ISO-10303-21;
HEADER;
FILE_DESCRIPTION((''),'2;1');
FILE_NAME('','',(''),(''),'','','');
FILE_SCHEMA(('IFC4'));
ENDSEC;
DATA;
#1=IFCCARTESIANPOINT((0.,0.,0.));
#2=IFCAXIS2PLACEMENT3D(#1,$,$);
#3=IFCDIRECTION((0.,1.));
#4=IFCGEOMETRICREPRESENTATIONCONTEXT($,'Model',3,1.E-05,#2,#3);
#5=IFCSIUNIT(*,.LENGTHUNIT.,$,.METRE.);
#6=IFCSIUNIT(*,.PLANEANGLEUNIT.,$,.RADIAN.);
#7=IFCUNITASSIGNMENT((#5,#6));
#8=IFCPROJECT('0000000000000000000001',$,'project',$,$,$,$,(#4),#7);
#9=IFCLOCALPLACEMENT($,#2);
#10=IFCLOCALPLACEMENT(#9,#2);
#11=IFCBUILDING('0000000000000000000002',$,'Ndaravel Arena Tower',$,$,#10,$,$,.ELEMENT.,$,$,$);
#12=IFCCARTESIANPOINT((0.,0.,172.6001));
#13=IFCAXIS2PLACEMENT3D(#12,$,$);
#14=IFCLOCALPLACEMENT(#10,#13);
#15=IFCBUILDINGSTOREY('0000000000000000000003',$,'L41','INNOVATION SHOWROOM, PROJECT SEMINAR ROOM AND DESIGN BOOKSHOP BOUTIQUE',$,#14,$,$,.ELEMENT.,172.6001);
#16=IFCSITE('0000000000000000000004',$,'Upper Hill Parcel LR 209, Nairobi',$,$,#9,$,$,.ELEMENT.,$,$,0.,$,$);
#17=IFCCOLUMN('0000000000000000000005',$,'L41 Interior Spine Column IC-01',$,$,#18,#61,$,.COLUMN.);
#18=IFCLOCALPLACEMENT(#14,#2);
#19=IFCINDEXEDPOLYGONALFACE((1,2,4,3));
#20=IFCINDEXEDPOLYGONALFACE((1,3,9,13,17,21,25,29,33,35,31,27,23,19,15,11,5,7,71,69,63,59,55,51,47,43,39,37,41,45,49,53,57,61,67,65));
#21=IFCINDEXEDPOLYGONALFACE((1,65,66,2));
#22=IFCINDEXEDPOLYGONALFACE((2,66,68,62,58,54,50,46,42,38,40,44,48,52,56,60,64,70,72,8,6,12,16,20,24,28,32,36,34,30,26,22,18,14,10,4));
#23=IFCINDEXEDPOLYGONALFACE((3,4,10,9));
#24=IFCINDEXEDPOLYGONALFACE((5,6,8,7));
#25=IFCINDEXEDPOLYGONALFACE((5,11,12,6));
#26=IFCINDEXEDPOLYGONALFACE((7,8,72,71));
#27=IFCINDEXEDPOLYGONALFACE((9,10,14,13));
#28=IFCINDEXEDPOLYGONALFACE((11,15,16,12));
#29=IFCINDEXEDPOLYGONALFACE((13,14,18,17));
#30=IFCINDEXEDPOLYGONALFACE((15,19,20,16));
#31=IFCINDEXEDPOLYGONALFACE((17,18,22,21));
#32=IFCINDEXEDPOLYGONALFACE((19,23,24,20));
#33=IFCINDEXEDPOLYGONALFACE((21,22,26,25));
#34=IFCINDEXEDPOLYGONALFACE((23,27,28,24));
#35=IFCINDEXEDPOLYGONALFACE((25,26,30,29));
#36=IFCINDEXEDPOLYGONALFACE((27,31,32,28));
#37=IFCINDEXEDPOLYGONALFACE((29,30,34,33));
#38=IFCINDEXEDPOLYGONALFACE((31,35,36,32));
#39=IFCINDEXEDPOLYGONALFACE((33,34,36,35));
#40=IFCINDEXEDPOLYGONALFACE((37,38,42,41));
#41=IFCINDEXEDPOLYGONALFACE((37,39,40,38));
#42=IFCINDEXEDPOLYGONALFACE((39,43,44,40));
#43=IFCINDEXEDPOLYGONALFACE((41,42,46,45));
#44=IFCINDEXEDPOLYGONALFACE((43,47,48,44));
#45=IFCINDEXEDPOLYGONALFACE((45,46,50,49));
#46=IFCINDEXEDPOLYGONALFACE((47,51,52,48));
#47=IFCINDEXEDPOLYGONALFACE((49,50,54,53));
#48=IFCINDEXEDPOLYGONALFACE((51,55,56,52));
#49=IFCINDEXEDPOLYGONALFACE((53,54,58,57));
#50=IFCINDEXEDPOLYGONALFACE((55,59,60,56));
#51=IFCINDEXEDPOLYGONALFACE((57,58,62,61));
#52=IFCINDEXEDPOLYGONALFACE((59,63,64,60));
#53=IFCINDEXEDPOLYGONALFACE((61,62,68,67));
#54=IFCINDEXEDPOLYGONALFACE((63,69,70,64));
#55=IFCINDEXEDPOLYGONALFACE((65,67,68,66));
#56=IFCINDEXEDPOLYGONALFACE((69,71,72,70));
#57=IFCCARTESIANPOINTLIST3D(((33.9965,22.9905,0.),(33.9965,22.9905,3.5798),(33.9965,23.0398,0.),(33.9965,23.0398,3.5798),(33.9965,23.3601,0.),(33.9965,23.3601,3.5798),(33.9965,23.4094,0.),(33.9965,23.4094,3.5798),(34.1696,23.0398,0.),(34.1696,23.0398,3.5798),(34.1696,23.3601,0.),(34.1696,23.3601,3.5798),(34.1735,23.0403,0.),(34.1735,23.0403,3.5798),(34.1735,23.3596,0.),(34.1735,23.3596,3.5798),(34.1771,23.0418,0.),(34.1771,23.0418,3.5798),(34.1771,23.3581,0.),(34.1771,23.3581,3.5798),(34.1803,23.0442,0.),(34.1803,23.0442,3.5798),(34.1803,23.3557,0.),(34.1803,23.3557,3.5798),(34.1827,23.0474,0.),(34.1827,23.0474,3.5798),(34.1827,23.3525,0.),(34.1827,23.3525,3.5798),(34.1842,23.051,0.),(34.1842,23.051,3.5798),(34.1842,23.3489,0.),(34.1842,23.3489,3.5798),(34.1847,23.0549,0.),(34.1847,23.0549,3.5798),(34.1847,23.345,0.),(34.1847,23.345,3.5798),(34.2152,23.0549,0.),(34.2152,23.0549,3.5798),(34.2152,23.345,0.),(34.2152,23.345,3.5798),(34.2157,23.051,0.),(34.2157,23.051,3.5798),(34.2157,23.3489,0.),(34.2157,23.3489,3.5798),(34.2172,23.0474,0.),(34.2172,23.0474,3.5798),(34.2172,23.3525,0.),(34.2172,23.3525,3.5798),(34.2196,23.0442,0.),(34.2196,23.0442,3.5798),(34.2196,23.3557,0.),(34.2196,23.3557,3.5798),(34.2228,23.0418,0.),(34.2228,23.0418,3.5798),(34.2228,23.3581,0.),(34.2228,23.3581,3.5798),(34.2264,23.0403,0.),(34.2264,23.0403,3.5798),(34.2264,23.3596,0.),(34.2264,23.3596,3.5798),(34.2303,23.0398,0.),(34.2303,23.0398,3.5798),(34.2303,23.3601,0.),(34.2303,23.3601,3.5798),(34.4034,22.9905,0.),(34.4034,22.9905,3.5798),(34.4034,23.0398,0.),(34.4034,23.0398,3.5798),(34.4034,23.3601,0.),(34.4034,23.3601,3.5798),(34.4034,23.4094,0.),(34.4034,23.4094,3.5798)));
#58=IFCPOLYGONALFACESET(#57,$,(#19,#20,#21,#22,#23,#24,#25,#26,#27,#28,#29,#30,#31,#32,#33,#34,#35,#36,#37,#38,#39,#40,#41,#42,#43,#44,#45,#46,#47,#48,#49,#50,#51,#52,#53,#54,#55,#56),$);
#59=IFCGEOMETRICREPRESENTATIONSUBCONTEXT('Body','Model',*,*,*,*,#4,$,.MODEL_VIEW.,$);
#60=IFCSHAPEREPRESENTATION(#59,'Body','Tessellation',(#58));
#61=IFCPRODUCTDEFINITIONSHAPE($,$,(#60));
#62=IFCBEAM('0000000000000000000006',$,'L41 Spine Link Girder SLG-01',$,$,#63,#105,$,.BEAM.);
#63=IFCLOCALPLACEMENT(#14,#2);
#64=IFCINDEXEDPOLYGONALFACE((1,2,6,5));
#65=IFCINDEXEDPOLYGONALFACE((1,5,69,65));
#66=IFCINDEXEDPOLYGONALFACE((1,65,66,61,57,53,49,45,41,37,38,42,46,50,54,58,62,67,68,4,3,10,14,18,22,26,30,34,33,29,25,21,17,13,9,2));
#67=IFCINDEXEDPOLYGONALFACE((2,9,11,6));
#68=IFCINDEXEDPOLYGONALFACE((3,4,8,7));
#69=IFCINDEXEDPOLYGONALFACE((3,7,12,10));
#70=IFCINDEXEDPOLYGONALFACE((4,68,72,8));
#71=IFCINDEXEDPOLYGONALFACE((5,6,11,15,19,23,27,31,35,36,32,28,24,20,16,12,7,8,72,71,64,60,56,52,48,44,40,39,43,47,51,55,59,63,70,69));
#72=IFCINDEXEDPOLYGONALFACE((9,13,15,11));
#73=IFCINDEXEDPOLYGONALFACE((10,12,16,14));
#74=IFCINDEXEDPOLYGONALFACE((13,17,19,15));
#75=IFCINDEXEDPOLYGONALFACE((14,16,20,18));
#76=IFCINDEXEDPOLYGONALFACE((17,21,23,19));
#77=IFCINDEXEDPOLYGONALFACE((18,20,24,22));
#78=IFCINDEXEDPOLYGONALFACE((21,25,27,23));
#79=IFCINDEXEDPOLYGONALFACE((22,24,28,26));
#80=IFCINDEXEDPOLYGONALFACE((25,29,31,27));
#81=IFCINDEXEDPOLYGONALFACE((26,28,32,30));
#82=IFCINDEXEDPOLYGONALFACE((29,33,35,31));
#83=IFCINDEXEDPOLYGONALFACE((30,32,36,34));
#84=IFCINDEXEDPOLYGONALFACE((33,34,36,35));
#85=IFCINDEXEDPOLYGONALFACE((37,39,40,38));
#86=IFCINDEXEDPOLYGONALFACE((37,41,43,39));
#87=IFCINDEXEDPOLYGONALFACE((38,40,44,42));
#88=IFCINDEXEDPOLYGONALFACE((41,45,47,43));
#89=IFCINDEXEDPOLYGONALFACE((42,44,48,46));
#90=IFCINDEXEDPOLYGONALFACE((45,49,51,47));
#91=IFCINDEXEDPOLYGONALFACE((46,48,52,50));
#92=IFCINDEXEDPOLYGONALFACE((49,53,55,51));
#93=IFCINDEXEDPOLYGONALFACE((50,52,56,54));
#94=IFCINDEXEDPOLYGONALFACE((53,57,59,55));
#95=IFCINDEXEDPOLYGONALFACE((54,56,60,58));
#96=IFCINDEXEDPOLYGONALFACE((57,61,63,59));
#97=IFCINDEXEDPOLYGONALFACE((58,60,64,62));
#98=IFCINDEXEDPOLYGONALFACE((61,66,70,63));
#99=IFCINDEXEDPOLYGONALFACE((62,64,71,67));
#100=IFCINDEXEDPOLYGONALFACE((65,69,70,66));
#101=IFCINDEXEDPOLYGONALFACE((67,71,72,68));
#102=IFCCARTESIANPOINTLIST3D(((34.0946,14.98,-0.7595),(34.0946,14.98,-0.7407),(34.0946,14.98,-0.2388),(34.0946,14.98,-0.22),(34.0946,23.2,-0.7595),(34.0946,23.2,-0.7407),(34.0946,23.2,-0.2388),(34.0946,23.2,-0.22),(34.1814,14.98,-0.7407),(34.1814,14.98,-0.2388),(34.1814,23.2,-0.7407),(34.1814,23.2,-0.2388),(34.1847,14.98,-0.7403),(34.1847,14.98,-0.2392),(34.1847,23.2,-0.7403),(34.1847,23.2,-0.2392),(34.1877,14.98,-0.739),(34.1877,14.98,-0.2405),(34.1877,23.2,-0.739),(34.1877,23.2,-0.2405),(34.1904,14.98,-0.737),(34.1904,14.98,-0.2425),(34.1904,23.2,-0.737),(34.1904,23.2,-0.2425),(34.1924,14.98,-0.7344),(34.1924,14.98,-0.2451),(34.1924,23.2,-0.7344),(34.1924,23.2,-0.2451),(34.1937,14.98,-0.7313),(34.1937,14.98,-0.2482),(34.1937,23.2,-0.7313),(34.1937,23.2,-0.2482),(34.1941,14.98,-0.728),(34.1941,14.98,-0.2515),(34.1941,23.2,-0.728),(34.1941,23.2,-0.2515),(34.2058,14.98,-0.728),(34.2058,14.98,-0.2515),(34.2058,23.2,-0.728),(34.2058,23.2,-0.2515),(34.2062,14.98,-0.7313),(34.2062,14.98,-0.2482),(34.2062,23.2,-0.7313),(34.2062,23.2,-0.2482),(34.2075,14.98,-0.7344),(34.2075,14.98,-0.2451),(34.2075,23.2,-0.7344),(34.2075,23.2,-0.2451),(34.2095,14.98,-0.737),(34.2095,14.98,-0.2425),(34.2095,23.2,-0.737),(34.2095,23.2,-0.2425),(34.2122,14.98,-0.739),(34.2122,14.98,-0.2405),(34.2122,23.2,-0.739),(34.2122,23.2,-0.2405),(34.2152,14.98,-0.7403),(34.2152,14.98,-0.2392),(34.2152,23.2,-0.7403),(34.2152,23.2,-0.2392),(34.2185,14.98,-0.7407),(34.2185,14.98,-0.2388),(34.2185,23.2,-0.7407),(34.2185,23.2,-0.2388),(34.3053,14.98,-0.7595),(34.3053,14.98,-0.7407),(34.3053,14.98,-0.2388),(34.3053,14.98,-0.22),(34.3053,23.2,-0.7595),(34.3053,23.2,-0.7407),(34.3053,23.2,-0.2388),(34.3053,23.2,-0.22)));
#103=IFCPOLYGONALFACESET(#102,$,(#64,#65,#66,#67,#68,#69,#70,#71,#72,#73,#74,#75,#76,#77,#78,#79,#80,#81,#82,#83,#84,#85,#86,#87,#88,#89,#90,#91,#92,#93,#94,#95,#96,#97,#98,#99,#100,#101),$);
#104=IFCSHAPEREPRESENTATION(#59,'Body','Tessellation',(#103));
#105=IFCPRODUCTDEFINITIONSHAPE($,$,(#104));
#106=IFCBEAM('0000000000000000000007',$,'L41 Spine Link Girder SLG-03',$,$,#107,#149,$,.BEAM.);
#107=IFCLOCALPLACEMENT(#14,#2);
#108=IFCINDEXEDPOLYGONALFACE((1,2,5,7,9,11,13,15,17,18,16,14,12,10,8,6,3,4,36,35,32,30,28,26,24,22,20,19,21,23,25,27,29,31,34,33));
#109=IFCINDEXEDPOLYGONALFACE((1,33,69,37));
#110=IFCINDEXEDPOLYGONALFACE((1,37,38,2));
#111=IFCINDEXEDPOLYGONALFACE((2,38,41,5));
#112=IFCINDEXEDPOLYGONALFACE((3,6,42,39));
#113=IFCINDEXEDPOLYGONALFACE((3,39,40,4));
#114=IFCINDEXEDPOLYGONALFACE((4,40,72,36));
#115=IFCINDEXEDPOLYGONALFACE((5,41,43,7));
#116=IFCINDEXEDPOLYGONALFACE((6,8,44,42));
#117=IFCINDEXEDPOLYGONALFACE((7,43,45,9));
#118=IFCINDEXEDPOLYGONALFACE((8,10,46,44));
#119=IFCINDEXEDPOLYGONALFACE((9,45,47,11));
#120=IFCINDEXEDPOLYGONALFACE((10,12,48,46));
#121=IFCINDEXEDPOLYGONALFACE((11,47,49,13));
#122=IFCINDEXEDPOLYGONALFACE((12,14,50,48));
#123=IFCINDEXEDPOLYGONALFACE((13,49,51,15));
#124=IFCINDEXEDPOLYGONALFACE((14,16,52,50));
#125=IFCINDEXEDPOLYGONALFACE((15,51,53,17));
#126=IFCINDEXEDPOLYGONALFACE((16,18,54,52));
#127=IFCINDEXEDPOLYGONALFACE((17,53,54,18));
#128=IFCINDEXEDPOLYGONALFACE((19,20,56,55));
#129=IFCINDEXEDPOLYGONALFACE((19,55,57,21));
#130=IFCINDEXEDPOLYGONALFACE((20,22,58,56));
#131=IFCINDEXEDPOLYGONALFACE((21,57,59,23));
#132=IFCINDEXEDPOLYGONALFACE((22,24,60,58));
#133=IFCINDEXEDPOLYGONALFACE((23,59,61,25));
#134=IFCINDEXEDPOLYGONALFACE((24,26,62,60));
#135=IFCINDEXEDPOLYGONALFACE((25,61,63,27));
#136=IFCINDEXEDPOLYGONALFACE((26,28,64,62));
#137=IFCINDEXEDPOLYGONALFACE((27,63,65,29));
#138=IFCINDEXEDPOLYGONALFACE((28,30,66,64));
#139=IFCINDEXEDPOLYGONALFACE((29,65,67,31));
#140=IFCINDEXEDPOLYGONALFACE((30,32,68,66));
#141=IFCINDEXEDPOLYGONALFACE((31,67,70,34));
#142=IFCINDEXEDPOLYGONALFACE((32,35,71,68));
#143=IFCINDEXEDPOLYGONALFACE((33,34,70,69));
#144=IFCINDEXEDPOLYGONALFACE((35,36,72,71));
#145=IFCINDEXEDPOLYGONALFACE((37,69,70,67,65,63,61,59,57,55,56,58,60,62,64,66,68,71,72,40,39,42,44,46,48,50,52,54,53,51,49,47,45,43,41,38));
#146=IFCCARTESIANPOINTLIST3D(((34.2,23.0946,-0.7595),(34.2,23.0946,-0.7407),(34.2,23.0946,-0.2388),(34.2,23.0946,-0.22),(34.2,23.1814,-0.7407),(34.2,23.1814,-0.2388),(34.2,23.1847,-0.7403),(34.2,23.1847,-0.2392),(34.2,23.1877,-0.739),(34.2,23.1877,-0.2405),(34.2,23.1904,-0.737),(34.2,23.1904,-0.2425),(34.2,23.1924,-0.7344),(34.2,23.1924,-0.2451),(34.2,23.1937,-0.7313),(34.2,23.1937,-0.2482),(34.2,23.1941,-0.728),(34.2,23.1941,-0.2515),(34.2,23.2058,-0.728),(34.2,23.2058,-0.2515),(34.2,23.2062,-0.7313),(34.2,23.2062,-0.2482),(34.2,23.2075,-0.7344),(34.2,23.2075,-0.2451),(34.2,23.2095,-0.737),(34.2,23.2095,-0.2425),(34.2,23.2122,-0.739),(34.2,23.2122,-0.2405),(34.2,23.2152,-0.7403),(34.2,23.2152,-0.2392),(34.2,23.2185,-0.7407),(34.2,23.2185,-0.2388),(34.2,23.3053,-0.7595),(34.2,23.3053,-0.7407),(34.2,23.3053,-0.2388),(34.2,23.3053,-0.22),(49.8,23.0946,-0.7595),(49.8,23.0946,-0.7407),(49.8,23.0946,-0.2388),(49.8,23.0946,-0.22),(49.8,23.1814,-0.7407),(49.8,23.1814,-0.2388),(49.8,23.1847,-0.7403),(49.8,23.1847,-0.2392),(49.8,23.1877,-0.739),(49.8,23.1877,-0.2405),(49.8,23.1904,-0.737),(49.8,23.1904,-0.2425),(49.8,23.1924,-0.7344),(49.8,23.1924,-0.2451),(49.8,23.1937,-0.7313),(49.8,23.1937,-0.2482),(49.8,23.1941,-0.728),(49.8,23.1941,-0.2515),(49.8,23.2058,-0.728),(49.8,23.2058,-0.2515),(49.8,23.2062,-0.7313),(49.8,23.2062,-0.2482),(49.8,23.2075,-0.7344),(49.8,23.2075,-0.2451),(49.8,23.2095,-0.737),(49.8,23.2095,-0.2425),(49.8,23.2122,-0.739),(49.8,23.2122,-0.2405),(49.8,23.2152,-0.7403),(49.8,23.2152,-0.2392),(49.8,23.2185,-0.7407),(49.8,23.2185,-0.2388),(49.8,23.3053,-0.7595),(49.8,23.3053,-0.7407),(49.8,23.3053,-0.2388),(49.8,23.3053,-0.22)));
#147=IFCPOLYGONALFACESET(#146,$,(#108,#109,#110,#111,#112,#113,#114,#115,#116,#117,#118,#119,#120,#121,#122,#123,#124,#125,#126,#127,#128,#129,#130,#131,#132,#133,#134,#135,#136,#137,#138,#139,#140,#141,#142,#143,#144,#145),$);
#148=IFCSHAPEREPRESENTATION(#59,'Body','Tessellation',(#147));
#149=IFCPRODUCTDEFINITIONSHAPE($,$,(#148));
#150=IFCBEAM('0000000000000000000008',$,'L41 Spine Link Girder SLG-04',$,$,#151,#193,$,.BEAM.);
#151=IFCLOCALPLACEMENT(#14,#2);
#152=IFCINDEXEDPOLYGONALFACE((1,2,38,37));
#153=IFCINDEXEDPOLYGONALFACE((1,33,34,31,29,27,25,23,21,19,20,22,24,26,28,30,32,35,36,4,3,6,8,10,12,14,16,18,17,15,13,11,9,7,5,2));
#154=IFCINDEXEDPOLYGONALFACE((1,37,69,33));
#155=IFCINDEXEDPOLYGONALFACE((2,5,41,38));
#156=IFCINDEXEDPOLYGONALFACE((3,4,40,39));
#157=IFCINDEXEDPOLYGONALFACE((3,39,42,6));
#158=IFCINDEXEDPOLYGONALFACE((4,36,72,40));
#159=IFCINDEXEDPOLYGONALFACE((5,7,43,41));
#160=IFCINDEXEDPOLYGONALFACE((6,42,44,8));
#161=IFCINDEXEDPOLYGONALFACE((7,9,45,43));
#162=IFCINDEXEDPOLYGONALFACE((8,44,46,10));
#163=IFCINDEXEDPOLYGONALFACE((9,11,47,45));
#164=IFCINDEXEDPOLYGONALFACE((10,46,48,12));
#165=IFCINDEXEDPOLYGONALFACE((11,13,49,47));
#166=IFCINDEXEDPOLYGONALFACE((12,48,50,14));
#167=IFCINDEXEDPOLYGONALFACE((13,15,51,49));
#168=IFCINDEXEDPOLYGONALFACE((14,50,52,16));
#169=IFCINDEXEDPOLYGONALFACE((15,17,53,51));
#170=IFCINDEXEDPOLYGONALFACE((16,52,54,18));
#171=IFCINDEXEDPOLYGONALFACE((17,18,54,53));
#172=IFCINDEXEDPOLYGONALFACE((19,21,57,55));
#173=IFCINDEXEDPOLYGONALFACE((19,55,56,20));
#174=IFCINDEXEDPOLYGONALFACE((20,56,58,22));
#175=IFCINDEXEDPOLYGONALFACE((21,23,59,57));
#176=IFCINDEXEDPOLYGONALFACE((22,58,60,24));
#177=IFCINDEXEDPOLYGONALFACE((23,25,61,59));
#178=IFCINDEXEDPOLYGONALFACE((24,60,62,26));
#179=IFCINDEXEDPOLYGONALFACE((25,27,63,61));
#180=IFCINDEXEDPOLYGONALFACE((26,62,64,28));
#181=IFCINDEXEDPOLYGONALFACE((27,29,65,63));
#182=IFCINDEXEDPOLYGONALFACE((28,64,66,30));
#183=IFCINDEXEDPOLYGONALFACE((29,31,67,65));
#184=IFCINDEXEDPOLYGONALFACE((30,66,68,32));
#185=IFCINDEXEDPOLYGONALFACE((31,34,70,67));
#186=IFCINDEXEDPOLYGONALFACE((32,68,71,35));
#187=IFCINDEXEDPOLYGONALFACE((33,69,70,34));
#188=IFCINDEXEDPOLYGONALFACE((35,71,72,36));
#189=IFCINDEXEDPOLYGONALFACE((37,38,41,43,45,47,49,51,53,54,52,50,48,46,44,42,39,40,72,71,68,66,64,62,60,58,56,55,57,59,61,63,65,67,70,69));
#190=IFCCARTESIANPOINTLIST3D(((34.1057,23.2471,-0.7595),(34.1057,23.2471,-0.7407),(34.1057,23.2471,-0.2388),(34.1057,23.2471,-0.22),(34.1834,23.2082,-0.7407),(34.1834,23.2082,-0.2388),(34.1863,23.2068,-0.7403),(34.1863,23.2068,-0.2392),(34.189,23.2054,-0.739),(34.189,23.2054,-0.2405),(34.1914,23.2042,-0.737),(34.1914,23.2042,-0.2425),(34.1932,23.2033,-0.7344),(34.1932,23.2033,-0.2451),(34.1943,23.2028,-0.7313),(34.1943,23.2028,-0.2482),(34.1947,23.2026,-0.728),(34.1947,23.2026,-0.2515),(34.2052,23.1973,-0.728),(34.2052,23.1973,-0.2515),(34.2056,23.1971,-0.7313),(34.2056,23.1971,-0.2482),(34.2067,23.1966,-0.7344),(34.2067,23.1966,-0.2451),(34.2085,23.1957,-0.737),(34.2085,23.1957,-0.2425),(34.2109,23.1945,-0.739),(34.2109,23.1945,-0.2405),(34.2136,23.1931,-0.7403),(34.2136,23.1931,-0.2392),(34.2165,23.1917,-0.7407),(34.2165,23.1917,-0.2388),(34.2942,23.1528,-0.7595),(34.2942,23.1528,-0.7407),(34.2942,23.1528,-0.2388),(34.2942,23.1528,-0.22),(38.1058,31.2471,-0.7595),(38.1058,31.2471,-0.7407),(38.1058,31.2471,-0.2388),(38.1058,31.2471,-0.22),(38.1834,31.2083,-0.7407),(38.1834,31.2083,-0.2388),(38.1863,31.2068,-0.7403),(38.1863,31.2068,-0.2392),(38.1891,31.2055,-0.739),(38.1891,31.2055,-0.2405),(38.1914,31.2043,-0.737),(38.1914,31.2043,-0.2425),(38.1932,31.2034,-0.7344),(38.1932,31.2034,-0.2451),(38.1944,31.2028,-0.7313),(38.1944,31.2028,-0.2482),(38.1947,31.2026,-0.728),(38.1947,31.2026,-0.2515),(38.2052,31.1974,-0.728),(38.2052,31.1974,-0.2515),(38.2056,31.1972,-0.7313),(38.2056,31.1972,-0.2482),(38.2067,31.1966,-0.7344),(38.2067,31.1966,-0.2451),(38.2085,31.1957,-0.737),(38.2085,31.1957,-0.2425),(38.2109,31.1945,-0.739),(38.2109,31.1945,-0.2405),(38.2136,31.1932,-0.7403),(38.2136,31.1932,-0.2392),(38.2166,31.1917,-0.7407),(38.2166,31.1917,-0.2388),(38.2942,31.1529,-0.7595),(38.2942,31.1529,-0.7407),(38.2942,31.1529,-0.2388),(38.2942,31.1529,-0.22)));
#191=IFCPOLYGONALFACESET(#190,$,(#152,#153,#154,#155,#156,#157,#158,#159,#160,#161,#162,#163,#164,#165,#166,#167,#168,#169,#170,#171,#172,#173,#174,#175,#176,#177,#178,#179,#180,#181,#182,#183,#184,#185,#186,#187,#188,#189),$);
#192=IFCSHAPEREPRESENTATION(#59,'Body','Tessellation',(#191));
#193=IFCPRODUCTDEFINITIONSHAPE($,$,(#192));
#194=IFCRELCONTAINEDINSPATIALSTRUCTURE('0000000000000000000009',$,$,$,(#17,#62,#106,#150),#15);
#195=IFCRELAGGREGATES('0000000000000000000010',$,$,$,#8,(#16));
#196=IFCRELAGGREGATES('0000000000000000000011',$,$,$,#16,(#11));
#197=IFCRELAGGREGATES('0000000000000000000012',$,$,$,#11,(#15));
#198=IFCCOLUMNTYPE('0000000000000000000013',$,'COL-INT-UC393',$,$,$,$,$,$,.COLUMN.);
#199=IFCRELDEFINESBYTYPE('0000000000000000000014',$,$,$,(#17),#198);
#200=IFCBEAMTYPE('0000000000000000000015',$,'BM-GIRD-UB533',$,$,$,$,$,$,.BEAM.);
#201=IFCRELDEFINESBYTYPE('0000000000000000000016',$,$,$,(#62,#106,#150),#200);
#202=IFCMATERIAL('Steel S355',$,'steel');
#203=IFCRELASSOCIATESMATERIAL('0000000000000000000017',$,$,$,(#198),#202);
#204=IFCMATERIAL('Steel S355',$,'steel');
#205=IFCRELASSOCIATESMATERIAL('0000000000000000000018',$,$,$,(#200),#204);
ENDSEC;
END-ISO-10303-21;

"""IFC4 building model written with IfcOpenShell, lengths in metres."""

from ifc_helpers import new_model, si_unit, direction, frame, origin, origin_2d, place, context, subcontext, project, spatial, i_section, extrude, material, material_profile, profile_set, type_object, element, save


model = new_model("IFC4")

# Units and contexts
model_context = context("Model", 3, precision=1e-05, world=origin(), true_north=direction((0.0, 1.0)))
body_context = subcontext(model_context, "Body", "Model", "MODEL_VIEW")
ifc_project = project(units=[si_unit("LENGTHUNIT", "METRE"), si_unit("PLANEANGLEUNIT", "RADIAN")], contexts=[model_context])

# Site, building, storey
site_placement = place(None, origin())
site = spatial("IfcSite", under=ifc_project, at=site_placement, Name="Upper Hill Parcel LR 209, Nairobi", CompositionType="ELEMENT", RefElevation=0.0)
building_placement = place(site_placement, origin())
building = spatial("IfcBuilding", under=site, at=building_placement, Name="Ndaravel Arena Tower", CompositionType="ELEMENT")
storey_placement = place(building_placement, frame((0.0, 0.0, 172.6001)))
storey = spatial("IfcBuildingStorey", under=building, at=storey_placement, Name="L41", Description="INNOVATION SHOWROOM, PROJECT SEMINAR ROOM AND DESIGN BOOKSHOP BOUTIQUE", CompositionType="ELEMENT", Elevation=172.6001)

# Column
ifc_material_1 = material(Name="Steel S355", Category="steel")
ifc_material_profile_1 = material_profile(ifc_material_1, i_section(OverallWidth=0.407, OverallDepth=0.4189, WebThickness=0.0305, FlangeThickness=0.0493, FilletRadius=0.0151, at=origin_2d()), Name="UC 356x406x393")
ifc_profile_set_1 = profile_set([ifc_material_profile_1], Name="Steel S355")
column_type = type_object("IfcColumnType", Name="COL-INT-UC393", PredefinedType="COLUMN", material=ifc_profile_set_1)
column_placement = place(storey_placement, frame((34.2, 23.2, 0.0), z_axis=(0.0, 0.0, 1.0), x_axis=(1.0, 0.0, 0.0)))
element("IfcColumn", 1, at=column_placement, inside=storey, type_object=column_type, Name="L41 Interior Spine Column IC-01", PredefinedType="COLUMN", context=body_context, shape_type="SweptSolid", body=[
    extrude(i_section(OverallWidth=0.407, OverallDepth=0.4189, WebThickness=0.0305, FlangeThickness=0.0493, FilletRadius=0.0151, at=origin_2d()), origin(), (0.0, 0.0, 1.0), 3.5798),
])

# Beams
ifc_material_2 = material(Name="Steel S355", Category="steel")
ifc_material_profile_2 = material_profile(ifc_material_2, i_section(OverallWidth=0.2107, OverallDepth=0.5396, WebThickness=0.0117, FlangeThickness=0.0188, FilletRadius=0.0127, at=origin_2d()), Name="UB 533x210x109")
ifc_profile_set_2 = profile_set([ifc_material_profile_2], Name="Steel S355")
beam_type = type_object("IfcBeamType", Name="BM-GIRD-UB533", PredefinedType="BEAM", material=ifc_profile_set_2)
beam_1_placement = place(storey_placement, frame((34.2, 14.98, -0.4897), z_axis=(0.0, 1.0, 0.0), x_axis=(-1.0, 0.0, 0.0)))
element("IfcBeam", 2, at=beam_1_placement, inside=storey, type_object=beam_type, Name="L41 Spine Link Girder SLG-01", PredefinedType="BEAM", context=body_context, shape_type="SweptSolid", body=[
    extrude(i_section(OverallWidth=0.2107, OverallDepth=0.5396, WebThickness=0.0117, FlangeThickness=0.0188, FilletRadius=0.0127, at=origin_2d()), origin(), (0.0, 0.0, 1.0), 8.22),
])
beam_2_placement = place(storey_placement, frame((34.2, 23.2, -0.4897), z_axis=(1.0, 0.0, 0.0), x_axis=(0.0, 1.0, 0.0)))
element("IfcBeam", 3, at=beam_2_placement, inside=storey, type_object=beam_type, Name="L41 Spine Link Girder SLG-03", PredefinedType="BEAM", context=body_context, shape_type="SweptSolid", body=[
    extrude(i_section(OverallWidth=0.2107, OverallDepth=0.5396, WebThickness=0.0117, FlangeThickness=0.0188, FilletRadius=0.0127, at=origin_2d()), origin(), (0.0, 0.0, 1.0), 15.6001),
])
beam_3_placement = place(storey_placement, frame((34.2, 23.2, -0.4897), z_axis=(0.447214, 0.894427, 0.0), x_axis=(-0.894427, 0.447214, 0.0)))
element("IfcBeam", 4, at=beam_3_placement, inside=storey, type_object=beam_type, Name="L41 Spine Link Girder SLG-04", PredefinedType="BEAM", context=body_context, shape_type="SweptSolid", body=[
    extrude(i_section(OverallWidth=0.2107, OverallDepth=0.5396, WebThickness=0.0117, FlangeThickness=0.0188, FilletRadius=0.0127, at=origin_2d()), origin(), (0.0, 0.0, 1.0), 8.9443),
])

save(model, "model.ifc")
